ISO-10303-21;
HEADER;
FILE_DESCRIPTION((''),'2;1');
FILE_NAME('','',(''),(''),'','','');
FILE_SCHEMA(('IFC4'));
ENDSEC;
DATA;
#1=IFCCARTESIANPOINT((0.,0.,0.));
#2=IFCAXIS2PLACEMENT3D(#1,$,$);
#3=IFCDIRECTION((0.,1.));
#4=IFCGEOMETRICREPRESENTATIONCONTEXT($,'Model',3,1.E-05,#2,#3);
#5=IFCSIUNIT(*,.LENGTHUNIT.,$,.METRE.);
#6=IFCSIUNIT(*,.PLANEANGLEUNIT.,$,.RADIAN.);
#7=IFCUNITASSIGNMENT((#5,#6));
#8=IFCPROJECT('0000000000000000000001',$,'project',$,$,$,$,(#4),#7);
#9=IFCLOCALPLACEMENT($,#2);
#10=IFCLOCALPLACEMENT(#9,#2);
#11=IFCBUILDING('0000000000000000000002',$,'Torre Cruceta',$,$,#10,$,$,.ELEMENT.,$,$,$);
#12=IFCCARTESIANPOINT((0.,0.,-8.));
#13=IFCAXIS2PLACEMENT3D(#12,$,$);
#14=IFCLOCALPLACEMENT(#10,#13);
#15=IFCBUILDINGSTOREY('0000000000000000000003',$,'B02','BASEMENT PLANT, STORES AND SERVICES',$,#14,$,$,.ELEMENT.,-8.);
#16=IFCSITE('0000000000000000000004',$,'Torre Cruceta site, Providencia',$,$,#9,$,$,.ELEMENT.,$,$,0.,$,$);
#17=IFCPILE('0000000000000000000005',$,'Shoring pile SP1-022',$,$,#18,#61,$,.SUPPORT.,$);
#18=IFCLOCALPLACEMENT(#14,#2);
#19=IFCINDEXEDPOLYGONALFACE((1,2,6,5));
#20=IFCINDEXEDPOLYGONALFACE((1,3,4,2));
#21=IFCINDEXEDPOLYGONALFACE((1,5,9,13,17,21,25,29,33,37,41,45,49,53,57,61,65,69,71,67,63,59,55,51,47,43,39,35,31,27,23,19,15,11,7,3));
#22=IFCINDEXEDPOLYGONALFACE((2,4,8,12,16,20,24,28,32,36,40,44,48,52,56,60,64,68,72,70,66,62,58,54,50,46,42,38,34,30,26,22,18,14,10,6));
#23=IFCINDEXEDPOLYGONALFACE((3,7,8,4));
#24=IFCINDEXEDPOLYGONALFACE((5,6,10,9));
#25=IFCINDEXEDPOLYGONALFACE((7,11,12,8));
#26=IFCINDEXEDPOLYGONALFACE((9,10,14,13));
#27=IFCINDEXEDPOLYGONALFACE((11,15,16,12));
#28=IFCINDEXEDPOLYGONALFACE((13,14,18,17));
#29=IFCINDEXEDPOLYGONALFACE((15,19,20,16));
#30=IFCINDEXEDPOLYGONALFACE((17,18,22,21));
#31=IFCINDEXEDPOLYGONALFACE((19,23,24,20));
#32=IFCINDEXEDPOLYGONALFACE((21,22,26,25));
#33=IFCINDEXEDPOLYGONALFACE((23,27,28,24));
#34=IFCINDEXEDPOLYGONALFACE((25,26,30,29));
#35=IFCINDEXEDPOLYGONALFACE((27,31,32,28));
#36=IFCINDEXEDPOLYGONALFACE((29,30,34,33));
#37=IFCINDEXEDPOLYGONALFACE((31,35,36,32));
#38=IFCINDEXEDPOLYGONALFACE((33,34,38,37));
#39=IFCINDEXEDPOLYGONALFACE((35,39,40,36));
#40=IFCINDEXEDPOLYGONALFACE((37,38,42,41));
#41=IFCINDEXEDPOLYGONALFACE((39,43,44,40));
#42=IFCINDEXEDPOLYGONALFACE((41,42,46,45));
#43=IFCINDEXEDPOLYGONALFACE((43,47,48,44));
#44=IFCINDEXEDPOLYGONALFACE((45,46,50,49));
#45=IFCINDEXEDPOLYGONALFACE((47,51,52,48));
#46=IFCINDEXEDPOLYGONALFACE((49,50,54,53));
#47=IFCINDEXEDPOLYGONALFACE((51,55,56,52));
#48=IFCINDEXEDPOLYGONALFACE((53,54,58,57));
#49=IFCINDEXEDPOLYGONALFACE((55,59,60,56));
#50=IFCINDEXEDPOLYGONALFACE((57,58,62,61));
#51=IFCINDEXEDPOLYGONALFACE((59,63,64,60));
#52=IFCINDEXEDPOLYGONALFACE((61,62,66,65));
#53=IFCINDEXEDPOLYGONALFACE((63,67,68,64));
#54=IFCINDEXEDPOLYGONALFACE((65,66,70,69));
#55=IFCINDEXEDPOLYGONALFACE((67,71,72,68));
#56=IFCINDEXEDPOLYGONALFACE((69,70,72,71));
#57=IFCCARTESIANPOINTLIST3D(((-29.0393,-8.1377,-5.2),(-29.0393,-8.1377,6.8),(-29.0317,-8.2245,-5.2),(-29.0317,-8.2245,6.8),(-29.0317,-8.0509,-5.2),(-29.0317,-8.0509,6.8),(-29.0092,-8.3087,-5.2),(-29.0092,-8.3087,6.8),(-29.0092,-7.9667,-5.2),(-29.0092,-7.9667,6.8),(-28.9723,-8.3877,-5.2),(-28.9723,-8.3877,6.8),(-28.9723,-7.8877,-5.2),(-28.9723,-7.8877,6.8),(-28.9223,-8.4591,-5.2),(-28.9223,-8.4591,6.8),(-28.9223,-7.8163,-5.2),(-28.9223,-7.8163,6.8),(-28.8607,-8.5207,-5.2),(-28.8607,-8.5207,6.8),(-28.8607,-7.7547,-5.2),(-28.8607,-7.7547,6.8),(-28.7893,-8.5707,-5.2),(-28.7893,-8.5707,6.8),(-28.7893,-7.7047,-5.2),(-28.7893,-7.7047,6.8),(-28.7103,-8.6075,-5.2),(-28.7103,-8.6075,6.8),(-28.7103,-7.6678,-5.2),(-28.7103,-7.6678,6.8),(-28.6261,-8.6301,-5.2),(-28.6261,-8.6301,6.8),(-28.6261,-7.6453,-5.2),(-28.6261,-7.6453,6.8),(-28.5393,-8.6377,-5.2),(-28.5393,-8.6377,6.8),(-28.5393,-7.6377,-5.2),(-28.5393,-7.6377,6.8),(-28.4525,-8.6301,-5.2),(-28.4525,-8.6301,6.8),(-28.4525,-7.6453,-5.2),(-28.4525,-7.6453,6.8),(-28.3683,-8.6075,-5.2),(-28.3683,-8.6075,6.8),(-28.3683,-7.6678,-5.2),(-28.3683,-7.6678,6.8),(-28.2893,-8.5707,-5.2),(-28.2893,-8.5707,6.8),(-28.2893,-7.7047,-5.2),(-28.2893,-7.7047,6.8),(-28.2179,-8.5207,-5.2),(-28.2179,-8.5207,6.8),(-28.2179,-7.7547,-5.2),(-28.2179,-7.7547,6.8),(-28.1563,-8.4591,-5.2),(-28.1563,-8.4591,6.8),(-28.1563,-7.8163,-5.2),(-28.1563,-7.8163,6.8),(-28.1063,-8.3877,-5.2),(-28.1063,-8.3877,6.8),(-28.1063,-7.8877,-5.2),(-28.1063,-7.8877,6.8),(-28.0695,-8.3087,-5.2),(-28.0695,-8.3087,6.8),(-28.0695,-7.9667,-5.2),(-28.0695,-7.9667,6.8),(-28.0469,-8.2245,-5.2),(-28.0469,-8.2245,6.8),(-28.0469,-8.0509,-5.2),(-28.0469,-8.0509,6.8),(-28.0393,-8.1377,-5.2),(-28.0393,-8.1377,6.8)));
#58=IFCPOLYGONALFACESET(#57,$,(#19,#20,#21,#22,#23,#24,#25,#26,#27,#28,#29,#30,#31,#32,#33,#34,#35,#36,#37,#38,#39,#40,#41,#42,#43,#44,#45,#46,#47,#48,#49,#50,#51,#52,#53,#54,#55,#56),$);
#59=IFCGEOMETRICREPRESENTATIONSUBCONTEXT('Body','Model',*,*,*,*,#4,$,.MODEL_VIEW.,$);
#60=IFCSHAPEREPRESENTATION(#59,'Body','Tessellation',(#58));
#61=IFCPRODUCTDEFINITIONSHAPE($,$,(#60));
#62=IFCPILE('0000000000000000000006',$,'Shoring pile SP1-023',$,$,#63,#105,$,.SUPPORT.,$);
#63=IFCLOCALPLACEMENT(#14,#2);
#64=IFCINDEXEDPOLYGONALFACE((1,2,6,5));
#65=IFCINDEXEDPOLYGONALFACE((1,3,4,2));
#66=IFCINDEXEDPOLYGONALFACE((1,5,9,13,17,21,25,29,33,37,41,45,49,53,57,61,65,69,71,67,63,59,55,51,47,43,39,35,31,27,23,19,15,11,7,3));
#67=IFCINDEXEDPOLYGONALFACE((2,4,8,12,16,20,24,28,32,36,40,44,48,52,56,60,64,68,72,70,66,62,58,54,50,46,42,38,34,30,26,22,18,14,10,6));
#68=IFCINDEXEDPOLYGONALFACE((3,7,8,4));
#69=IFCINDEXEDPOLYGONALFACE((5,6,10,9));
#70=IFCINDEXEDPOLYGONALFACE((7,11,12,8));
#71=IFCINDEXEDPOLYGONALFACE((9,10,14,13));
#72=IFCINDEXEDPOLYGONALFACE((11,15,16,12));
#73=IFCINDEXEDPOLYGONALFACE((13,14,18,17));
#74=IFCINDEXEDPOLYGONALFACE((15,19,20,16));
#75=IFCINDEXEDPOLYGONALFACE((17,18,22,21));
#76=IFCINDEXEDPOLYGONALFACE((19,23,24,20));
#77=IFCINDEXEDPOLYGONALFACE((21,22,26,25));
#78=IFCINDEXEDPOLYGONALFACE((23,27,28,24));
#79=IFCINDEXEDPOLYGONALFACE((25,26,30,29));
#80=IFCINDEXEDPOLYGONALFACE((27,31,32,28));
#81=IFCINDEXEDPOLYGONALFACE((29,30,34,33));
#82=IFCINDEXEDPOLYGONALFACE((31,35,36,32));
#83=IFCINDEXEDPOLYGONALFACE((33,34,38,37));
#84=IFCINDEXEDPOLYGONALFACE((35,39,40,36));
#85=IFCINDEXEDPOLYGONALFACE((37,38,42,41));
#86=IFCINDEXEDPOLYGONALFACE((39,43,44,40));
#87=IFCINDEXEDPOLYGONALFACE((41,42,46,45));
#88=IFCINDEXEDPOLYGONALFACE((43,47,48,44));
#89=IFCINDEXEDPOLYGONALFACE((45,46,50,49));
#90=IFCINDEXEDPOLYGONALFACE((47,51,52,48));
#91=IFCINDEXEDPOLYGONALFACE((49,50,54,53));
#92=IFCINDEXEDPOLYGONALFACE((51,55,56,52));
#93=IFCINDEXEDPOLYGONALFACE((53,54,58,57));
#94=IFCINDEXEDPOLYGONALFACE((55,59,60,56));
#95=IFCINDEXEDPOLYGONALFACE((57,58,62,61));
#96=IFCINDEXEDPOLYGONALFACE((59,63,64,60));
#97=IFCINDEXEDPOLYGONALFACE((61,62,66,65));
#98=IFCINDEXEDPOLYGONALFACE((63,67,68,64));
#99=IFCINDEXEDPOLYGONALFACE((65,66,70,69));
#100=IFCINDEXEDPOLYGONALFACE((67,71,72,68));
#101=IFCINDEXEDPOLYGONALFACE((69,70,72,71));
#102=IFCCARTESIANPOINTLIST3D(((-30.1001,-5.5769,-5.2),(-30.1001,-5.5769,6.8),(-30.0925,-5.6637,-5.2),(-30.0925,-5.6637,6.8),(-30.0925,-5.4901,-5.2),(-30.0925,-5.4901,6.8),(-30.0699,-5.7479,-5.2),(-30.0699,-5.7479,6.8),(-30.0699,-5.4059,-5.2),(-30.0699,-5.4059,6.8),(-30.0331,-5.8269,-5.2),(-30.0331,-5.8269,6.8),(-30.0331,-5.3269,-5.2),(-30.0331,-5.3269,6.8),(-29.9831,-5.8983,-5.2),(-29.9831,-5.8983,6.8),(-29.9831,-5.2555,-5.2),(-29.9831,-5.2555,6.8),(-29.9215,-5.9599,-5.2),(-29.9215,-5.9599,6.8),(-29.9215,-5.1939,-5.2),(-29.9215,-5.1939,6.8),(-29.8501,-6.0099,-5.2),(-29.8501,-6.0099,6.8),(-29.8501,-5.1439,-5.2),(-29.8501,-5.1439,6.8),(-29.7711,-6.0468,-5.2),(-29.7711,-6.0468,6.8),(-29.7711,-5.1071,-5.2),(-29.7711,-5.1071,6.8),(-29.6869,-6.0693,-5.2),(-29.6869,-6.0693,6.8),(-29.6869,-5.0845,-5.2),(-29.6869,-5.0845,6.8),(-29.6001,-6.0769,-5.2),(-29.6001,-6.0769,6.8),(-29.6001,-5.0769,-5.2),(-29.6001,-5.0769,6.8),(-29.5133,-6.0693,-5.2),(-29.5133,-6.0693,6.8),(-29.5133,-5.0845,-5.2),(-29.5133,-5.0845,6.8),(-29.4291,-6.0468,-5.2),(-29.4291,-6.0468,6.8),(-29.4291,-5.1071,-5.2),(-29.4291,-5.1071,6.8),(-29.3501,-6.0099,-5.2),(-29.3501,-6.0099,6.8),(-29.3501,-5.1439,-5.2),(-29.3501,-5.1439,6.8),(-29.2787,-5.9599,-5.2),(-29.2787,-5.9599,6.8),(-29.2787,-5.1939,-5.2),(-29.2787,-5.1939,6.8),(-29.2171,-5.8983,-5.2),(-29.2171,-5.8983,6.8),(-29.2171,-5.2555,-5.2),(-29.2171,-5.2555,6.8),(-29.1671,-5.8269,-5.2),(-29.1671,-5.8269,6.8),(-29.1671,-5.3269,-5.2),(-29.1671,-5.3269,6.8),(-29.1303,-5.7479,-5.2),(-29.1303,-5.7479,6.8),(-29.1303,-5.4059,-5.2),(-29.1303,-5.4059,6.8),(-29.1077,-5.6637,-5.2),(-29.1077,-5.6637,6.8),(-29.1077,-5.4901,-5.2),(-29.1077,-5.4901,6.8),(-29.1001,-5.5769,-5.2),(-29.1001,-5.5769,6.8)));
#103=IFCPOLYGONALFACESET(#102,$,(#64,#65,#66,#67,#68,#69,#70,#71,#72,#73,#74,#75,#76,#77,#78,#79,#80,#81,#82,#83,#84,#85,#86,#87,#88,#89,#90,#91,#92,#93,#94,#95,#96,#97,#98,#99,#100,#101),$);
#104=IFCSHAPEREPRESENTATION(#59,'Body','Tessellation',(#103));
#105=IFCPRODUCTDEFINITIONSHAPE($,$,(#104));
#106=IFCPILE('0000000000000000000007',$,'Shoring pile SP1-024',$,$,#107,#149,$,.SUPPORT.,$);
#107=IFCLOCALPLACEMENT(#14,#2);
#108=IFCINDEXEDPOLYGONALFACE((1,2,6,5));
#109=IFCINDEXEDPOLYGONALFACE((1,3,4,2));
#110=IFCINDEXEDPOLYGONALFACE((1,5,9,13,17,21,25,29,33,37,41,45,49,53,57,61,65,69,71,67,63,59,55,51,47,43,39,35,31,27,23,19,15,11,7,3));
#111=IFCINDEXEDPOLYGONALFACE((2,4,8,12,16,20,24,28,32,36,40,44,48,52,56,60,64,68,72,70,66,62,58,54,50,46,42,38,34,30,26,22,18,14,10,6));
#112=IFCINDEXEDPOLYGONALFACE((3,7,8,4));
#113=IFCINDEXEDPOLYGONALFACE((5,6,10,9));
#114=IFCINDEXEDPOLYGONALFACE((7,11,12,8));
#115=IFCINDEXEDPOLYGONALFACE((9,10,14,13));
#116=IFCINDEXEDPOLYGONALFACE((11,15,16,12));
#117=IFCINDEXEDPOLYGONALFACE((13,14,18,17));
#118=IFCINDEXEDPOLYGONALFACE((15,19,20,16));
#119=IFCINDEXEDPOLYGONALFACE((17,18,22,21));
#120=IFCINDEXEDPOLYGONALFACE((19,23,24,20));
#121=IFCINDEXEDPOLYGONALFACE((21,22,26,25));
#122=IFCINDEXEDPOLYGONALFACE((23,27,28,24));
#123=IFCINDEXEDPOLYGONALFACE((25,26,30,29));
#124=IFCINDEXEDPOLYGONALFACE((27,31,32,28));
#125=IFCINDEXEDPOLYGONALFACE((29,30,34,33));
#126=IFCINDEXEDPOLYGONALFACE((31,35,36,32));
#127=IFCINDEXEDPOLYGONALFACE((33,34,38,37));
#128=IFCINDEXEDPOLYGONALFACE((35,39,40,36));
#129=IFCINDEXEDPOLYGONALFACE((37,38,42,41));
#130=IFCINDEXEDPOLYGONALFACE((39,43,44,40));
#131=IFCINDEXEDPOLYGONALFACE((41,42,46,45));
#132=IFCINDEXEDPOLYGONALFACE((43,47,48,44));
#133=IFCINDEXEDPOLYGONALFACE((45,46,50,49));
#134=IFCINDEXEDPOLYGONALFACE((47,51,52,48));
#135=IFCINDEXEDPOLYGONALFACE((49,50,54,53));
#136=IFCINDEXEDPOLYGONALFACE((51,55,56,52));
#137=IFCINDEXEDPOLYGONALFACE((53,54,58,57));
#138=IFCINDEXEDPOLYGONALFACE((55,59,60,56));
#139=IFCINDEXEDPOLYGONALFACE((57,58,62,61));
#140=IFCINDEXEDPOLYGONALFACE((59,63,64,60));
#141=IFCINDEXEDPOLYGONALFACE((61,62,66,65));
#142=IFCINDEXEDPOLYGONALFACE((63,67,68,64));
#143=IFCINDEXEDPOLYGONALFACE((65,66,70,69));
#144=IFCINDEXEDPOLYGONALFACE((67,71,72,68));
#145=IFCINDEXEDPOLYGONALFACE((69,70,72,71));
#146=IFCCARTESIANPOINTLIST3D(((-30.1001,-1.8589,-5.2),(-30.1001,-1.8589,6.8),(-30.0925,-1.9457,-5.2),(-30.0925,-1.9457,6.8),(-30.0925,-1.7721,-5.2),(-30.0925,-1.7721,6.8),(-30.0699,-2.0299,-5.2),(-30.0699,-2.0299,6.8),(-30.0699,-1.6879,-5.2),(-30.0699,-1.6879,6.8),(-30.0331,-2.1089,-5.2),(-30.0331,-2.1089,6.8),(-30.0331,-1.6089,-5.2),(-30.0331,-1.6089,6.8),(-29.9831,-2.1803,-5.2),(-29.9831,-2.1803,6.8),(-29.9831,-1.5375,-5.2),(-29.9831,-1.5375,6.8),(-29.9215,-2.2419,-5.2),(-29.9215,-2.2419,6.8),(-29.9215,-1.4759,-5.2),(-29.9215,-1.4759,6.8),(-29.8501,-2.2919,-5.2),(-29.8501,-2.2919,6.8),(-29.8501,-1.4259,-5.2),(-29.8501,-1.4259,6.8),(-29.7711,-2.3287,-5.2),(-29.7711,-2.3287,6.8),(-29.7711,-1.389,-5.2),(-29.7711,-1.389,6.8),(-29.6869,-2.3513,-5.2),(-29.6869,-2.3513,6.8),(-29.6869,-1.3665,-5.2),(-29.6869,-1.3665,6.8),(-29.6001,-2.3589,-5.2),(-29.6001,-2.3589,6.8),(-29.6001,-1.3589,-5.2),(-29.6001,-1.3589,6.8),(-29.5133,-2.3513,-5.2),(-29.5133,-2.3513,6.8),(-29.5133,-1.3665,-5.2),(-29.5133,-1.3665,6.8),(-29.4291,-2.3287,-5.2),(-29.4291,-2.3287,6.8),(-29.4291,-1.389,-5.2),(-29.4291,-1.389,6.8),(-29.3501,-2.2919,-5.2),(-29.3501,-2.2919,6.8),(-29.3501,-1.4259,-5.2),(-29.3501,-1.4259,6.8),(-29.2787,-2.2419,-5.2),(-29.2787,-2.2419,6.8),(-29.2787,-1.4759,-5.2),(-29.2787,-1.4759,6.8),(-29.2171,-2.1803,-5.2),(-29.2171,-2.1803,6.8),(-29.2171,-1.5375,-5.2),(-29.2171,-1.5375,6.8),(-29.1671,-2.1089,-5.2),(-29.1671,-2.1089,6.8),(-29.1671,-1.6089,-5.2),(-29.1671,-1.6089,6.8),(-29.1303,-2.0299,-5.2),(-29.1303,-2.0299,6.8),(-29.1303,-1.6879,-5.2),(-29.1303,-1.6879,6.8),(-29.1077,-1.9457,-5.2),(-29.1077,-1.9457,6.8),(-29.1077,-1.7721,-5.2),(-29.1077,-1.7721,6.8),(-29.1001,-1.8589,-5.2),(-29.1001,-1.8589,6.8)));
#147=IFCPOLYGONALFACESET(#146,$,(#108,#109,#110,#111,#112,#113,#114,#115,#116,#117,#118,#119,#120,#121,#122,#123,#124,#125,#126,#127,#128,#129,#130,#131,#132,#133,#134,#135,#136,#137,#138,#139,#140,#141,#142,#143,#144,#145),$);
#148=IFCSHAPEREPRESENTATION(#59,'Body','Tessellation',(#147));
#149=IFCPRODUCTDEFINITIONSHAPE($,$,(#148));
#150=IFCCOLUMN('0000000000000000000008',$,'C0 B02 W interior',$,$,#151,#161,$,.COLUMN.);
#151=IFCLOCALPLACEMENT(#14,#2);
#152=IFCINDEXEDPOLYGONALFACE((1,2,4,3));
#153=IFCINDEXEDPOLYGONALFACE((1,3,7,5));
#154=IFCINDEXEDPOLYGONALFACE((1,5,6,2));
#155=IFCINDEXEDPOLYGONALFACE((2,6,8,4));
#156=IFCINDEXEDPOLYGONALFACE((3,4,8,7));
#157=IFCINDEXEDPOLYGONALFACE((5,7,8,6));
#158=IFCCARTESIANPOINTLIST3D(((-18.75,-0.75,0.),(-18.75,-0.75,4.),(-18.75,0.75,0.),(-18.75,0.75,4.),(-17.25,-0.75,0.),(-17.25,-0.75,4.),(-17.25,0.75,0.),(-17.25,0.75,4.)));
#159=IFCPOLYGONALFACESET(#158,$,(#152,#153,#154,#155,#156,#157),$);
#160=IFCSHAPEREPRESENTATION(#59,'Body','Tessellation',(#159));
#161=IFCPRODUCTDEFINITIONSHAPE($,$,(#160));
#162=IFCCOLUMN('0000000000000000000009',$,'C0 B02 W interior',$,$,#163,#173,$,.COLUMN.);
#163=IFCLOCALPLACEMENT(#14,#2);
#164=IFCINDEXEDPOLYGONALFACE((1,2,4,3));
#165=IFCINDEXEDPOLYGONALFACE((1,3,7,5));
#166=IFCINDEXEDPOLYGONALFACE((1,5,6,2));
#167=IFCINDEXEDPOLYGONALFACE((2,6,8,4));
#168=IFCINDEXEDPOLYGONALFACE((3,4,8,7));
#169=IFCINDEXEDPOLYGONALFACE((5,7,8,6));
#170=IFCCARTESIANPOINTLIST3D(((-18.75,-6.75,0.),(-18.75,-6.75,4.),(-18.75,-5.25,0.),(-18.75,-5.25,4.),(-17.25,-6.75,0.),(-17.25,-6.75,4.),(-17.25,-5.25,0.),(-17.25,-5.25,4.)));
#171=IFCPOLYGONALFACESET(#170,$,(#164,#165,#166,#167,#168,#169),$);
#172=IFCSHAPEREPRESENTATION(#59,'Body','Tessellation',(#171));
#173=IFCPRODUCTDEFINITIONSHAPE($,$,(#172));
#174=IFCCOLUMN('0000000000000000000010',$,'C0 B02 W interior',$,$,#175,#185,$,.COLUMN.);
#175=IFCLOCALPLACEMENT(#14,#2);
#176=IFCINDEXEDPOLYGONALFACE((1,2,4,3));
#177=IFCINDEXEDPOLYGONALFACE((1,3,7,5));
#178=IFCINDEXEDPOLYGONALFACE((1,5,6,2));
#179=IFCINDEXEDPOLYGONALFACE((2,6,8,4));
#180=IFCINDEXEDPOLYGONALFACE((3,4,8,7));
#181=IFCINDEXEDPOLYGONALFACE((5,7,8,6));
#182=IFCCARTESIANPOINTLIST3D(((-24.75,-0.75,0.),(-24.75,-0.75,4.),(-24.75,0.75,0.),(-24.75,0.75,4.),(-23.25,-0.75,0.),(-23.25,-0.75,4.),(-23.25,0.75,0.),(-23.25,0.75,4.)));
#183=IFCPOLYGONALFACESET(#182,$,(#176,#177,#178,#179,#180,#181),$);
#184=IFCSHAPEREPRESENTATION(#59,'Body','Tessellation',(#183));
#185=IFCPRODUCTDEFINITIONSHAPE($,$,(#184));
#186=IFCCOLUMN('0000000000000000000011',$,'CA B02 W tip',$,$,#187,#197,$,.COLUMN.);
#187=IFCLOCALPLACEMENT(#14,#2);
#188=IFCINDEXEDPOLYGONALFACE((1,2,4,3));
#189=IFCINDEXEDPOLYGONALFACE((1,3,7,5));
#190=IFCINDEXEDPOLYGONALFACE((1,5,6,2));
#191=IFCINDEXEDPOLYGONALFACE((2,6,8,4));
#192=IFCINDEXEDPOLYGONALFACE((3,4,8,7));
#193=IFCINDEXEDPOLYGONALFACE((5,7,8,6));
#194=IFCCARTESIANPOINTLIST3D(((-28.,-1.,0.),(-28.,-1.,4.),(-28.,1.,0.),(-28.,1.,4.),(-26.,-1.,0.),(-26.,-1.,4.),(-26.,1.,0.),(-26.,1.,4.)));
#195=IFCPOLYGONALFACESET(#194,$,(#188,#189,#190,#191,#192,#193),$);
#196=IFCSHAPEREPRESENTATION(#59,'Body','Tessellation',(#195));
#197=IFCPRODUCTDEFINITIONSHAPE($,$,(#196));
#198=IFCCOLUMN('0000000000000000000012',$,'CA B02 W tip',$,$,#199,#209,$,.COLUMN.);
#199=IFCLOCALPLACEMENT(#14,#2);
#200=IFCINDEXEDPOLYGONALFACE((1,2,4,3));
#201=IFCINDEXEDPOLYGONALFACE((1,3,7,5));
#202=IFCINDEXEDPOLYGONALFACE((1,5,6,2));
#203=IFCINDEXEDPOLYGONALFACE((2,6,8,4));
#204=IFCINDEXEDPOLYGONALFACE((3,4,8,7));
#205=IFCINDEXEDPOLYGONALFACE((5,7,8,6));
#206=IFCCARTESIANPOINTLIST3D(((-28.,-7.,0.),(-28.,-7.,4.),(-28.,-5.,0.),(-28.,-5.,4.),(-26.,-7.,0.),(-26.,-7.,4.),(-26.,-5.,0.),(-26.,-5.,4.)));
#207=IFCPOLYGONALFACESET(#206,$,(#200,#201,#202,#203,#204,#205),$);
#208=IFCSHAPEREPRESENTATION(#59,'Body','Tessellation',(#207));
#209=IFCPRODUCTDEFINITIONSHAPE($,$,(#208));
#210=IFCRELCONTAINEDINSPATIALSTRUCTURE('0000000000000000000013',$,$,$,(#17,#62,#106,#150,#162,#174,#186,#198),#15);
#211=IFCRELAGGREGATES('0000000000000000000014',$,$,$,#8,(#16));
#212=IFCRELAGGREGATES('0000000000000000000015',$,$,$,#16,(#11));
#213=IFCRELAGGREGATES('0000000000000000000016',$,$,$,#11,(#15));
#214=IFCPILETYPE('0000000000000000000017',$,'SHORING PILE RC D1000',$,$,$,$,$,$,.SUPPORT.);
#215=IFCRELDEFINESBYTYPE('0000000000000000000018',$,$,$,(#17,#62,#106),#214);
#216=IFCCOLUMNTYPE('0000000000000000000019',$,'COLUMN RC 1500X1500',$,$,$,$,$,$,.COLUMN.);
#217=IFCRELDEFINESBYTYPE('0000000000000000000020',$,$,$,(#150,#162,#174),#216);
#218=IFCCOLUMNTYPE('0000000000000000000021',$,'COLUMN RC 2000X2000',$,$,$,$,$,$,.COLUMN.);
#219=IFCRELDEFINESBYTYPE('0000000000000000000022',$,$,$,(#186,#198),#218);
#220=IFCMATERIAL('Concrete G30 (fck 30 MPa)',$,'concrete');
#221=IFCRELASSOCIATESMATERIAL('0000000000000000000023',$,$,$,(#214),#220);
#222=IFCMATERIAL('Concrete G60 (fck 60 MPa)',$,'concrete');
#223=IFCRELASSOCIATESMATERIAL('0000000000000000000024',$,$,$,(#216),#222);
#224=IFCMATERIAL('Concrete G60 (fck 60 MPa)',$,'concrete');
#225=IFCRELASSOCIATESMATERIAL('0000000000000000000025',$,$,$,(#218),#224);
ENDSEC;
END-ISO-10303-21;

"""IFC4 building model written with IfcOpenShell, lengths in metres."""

from ifc_helpers import new_model, si_unit, direction, frame, origin, origin_2d, place, context, subcontext, project, spatial, rectangle, circle, extrude, material, material_profile, profile_set, type_object, element, save


model = new_model("IFC4")

# Units and contexts
model_context = context("Model", 3, precision=1e-05, world=origin(), true_north=direction((0.0, 1.0)))
body_context = subcontext(model_context, "Body", "Model", "MODEL_VIEW")
ifc_project = project(units=[si_unit("LENGTHUNIT", "METRE"), si_unit("PLANEANGLEUNIT", "RADIAN")], contexts=[model_context])

# Site, building, storey
site_placement = place(None, origin())
site = spatial("IfcSite", under=ifc_project, at=site_placement, Name="Torre Cruceta site, Providencia", CompositionType="ELEMENT", RefElevation=0.0)
building_placement = place(site_placement, origin())
building = spatial("IfcBuilding", under=site, at=building_placement, Name="Torre Cruceta", CompositionType="ELEMENT")
storey_placement = place(building_placement, frame((0.0, 0.0, -8.0)))
storey = spatial("IfcBuildingStorey", under=building, at=storey_placement, Name="B02", Description="BASEMENT PLANT, STORES AND SERVICES", CompositionType="ELEMENT", Elevation=-8.0)

# Piles
ifc_material_1 = material(Name="Concrete G30 (fck 30 MPa)", Category="concrete")
ifc_material_profile_1 = material_profile(ifc_material_1, circle(Radius=0.5, at=origin_2d()), Name="RC D1000")
ifc_profile_set_1 = profile_set([ifc_material_profile_1], Name="Concrete G30 (fck 30 MPa)")
pile_type_1 = type_object("IfcPileType", Name="SHORING PILE RC D1000", PredefinedType="SUPPORT", material=ifc_profile_set_1)
for number, where, z_axis, x_axis, name in (
    (1, (-28.5393, -8.1377, 6.8), (0.0, 0.0, -1.0), (1.0, 0.0, 0.0), "Shoring pile SP1-022"),
    (2, (-29.6001, -5.5769, 6.8), (0.0, 0.0, -1.0), (1.0, 0.0, 0.0), "Shoring pile SP1-023"),
    (3, (-29.6001, -1.8589, 6.8), (0.0, 0.0, -1.0), (1.0, 0.0, 0.0), "Shoring pile SP1-024"),
):
    element("IfcPile", number, at=place(storey_placement, frame(where, z_axis=z_axis, x_axis=x_axis)), inside=storey, type_object=pile_type_1, Name=name, PredefinedType="SUPPORT", context=body_context, shape_type="SweptSolid", body=[
        extrude(circle(Radius=0.5, at=origin_2d()), origin(), (0.0, 0.0, 1.0), 12.0),
    ])

# Columns
ifc_material_2 = material(Name="Concrete G60 (fck 60 MPa)", Category="concrete")
ifc_material_profile_2 = material_profile(ifc_material_2, rectangle(XDim=1.5, YDim=1.5, at=origin_2d()), Name="RC 1500X1500")
ifc_profile_set_2 = profile_set([ifc_material_profile_2], Name="Concrete G60 (fck 60 MPa)")
column_type_1 = type_object("IfcColumnType", Name="COLUMN RC 1500X1500", PredefinedType="COLUMN", material=ifc_profile_set_2)
for number, where, z_axis, x_axis, name in (
    (4, (-18.0, 0.0, 0.0), (0.0, 0.0, 1.0), (1.0, 0.0, 0.0), "C0 B02 W interior"),
    (5, (-18.0, -6.0, 0.0), (0.0, 0.0, 1.0), (1.0, 0.0, 0.0), "C0 B02 W interior"),
    (6, (-24.0, 0.0, 0.0), (0.0, 0.0, 1.0), (1.0, 0.0, 0.0), "C0 B02 W interior"),
):
    element("IfcColumn", number, at=place(storey_placement, frame(where, z_axis=z_axis, x_axis=x_axis)), inside=storey, type_object=column_type_1, Name=name, PredefinedType="COLUMN", context=body_context, shape_type="SweptSolid", body=[
        extrude(rectangle(XDim=1.5, YDim=1.5, at=origin_2d()), origin(), (0.0, 0.0, 1.0), 4.0),
    ])
ifc_material_3 = material(Name="Concrete G60 (fck 60 MPa)", Category="concrete")
ifc_material_profile_3 = material_profile(ifc_material_3, rectangle(XDim=2.0, YDim=2.0, at=origin_2d()), Name="RC 2000X2000")
ifc_profile_set_3 = profile_set([ifc_material_profile_3], Name="Concrete G60 (fck 60 MPa)")
column_type_2 = type_object("IfcColumnType", Name="COLUMN RC 2000X2000", PredefinedType="COLUMN", material=ifc_profile_set_3)
for number, where, z_axis, x_axis, name in (
    (7, (-27.0, 0.0, 0.0), (0.0, 0.0, 1.0), (1.0, 0.0, 0.0), "CA B02 W tip"),
    (8, (-27.0, -6.0, 0.0), (0.0, 0.0, 1.0), (1.0, 0.0, 0.0), "CA B02 W tip"),
):
    element("IfcColumn", number, at=place(storey_placement, frame(where, z_axis=z_axis, x_axis=x_axis)), inside=storey, type_object=column_type_2, Name=name, PredefinedType="COLUMN", context=body_context, shape_type="SweptSolid", body=[
        extrude(rectangle(XDim=2.0, YDim=2.0, at=origin_2d()), origin(), (0.0, 0.0, 1.0), 4.0),
    ])

save(model, "model.ifc")
